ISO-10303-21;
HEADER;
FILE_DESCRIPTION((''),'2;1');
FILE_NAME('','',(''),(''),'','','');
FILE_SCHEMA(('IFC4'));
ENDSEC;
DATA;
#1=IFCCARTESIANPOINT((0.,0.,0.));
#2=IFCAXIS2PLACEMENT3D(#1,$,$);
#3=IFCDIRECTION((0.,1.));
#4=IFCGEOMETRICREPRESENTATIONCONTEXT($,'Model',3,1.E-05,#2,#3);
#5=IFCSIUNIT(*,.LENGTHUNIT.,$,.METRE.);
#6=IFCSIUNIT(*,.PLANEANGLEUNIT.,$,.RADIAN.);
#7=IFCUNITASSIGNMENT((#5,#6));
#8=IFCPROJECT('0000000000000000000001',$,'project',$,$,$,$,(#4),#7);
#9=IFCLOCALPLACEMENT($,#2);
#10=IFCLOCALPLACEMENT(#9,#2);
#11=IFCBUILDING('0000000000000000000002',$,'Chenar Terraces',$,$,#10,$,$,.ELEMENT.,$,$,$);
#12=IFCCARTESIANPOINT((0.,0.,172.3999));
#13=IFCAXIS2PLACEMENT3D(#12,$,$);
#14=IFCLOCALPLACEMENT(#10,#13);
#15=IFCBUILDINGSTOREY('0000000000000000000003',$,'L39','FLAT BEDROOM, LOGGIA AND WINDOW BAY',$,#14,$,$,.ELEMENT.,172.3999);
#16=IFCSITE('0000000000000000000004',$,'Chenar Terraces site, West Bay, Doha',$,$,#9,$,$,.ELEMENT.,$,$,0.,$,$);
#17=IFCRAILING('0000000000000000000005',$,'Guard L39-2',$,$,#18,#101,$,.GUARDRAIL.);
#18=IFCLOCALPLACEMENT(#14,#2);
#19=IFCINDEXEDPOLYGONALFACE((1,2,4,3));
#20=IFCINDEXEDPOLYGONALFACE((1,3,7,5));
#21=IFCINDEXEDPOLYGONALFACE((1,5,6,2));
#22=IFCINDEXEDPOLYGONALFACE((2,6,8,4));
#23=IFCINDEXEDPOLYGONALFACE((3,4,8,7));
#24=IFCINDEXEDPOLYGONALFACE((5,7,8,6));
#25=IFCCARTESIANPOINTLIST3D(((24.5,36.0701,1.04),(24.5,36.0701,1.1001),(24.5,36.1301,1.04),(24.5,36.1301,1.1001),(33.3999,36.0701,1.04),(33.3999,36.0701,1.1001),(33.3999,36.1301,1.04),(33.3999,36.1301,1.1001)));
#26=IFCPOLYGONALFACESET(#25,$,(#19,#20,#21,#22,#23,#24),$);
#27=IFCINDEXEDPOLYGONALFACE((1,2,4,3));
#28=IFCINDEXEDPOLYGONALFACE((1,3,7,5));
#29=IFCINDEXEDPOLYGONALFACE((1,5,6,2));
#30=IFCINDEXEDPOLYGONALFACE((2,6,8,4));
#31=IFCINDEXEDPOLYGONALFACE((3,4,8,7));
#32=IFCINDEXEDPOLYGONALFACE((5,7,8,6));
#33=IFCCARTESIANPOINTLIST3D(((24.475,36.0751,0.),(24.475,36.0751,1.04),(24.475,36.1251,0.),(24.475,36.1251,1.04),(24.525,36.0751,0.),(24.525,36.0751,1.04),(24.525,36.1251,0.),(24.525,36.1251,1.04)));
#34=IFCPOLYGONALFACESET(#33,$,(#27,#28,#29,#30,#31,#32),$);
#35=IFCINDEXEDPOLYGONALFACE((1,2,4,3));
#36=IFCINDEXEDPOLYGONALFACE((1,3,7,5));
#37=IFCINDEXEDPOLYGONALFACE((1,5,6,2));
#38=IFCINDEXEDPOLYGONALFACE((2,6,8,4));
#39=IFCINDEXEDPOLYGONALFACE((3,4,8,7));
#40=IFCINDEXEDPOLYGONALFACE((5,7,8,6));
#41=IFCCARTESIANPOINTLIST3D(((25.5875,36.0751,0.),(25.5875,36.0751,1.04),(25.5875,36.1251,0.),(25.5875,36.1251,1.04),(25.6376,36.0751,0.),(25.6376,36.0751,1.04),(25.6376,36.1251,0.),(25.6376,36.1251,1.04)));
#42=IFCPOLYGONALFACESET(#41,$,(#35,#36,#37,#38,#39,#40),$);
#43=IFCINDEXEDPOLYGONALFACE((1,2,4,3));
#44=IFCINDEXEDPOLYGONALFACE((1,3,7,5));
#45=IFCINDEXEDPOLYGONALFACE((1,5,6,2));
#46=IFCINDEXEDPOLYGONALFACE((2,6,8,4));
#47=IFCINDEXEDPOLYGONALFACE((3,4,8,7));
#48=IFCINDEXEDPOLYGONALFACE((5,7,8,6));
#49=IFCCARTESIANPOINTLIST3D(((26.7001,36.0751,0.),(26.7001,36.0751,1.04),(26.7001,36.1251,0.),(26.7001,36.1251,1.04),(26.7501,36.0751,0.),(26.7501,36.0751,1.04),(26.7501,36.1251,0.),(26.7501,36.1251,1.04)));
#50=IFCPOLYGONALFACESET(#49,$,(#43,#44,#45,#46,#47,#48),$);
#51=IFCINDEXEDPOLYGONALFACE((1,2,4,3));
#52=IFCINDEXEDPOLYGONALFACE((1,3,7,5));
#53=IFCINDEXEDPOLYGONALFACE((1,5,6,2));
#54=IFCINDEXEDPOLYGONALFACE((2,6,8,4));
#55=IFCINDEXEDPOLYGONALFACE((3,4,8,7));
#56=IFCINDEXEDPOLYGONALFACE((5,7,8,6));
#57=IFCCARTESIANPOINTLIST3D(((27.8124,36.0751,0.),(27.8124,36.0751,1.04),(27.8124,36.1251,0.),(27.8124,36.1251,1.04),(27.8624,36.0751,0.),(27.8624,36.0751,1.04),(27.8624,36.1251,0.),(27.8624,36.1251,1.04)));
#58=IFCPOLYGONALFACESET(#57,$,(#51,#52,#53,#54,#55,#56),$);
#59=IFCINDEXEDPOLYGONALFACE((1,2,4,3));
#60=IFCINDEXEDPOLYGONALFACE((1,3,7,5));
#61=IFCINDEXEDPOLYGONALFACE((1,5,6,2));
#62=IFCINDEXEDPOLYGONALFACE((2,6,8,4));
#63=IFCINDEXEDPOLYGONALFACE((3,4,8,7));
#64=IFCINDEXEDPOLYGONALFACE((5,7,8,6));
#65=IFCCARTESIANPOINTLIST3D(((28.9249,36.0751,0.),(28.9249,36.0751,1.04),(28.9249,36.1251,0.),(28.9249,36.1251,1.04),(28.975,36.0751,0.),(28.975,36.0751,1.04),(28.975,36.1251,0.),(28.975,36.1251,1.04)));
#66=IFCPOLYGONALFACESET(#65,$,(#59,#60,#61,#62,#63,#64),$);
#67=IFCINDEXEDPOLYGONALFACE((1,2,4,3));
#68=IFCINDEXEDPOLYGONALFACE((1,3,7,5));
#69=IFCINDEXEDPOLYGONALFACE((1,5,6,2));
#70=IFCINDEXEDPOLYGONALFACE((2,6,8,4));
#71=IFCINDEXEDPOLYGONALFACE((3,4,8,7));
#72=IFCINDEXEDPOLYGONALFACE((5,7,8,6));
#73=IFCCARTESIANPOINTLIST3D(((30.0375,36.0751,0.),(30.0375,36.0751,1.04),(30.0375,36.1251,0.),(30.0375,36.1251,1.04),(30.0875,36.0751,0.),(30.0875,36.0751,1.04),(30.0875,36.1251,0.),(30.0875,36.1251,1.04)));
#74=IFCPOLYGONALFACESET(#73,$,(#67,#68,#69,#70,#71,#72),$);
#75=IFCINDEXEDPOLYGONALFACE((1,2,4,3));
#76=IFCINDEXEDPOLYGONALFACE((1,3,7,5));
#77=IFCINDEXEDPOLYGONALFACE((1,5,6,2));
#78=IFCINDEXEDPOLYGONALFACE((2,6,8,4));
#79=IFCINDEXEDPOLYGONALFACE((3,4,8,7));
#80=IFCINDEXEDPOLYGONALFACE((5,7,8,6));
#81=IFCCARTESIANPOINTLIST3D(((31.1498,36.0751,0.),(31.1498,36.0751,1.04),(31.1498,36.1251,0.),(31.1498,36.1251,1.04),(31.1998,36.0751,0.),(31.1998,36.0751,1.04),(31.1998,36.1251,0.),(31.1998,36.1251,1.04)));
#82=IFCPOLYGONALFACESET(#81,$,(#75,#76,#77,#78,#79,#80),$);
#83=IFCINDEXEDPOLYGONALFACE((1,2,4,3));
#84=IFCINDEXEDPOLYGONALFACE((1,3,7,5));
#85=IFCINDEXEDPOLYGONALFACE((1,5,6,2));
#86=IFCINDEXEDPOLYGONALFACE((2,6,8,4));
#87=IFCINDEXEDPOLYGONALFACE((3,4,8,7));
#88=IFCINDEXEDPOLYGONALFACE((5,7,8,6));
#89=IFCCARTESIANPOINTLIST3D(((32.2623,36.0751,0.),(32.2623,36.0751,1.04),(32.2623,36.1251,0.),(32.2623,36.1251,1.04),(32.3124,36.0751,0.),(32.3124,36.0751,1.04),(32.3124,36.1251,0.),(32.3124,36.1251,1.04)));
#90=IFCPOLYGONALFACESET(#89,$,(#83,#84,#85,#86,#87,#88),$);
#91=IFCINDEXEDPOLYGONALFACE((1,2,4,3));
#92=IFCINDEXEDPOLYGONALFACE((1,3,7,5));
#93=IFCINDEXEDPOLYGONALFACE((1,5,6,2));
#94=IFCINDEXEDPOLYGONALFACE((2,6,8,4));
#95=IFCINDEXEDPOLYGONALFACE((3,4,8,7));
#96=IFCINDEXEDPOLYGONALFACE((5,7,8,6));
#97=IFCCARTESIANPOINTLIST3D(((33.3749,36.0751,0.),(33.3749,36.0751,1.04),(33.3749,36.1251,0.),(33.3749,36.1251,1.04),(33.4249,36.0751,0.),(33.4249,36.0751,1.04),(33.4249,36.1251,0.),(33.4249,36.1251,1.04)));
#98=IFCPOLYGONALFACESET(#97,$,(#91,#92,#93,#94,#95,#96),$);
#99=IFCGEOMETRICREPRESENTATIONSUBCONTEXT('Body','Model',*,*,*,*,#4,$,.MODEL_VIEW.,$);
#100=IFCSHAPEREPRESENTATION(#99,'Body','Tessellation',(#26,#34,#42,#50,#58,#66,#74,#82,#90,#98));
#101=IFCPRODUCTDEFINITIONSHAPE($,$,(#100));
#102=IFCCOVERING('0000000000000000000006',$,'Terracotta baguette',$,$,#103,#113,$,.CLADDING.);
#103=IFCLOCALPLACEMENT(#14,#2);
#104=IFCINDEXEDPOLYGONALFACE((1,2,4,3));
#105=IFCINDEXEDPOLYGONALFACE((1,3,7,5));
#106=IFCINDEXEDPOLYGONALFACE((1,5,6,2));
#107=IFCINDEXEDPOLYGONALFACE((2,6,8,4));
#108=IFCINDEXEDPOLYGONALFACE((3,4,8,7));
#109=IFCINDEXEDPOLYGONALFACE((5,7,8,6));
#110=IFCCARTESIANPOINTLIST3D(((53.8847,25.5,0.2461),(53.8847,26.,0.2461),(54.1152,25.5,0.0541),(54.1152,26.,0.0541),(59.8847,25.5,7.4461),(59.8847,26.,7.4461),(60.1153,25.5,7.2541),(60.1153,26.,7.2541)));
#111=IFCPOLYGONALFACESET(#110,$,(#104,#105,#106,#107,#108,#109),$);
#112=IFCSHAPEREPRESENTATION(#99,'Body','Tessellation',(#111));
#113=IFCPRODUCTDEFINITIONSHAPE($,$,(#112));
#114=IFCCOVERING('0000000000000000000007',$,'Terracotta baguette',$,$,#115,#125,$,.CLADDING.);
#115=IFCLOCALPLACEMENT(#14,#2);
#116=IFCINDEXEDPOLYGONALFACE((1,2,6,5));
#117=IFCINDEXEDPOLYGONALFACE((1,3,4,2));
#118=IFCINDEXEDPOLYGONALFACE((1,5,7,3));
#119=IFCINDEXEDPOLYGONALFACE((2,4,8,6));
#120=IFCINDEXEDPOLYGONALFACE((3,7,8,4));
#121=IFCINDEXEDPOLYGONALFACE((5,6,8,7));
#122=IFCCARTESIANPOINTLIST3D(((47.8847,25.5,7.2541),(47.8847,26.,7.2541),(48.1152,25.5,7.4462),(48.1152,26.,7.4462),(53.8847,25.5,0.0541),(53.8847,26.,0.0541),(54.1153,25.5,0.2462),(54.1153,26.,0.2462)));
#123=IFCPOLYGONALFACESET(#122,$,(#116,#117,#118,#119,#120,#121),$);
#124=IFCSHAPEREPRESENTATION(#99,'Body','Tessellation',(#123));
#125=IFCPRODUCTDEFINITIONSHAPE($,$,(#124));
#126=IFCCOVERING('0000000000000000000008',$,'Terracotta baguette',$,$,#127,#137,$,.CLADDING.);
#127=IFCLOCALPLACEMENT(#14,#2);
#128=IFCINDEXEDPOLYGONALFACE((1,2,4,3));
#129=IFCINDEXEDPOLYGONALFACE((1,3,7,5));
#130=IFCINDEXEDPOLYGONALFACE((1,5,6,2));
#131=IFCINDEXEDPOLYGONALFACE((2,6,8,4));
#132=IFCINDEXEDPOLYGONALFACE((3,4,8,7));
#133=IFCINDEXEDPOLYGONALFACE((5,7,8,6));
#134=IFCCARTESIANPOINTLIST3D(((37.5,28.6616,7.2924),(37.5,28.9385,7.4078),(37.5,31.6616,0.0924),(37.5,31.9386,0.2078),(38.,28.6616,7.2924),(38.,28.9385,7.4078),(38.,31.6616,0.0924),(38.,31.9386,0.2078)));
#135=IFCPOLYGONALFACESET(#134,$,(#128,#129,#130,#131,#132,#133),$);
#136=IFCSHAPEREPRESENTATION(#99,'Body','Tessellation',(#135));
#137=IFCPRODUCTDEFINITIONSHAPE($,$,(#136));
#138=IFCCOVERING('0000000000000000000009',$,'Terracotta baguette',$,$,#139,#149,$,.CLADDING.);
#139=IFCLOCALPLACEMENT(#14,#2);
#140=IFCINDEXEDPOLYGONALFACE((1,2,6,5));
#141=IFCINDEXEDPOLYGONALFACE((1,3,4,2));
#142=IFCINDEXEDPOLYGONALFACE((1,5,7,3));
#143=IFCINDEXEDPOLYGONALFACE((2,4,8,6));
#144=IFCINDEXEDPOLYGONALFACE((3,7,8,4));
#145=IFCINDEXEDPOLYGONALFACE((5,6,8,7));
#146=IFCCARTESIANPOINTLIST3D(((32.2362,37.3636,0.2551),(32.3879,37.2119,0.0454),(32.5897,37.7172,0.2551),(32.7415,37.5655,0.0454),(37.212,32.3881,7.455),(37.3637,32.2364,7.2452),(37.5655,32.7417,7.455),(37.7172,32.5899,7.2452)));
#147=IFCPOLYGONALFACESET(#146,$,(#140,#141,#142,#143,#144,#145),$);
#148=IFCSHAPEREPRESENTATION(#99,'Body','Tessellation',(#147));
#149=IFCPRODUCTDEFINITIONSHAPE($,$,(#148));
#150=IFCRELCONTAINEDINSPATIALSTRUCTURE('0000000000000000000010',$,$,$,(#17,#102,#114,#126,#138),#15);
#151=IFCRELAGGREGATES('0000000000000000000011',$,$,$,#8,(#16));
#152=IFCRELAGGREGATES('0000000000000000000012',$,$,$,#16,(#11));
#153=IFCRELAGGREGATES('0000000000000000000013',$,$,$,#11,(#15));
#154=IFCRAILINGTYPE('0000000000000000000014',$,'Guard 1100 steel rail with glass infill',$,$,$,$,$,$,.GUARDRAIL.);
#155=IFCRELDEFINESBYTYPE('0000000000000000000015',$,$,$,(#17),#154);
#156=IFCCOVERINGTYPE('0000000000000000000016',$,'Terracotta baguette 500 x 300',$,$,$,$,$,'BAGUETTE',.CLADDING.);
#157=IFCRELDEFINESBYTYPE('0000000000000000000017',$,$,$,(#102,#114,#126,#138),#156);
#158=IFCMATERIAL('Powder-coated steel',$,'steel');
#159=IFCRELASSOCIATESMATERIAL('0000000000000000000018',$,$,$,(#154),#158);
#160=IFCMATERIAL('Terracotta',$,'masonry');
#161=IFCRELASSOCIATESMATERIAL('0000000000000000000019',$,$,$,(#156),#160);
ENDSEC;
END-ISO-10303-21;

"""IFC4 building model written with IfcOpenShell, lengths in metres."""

from ifc_helpers import new_model, si_unit, direction, frame, origin, origin_2d, place, context, subcontext, project, spatial, rectangle, extrude, material, material_profile, profile_set, type_object, element, save


model = new_model("IFC4")

# Units and contexts
model_context = context("Model", 3, precision=1e-05, world=origin(), true_north=direction((0.0, 1.0)))
body_context = subcontext(model_context, "Body", "Model", "MODEL_VIEW")
ifc_project = project(units=[si_unit("LENGTHUNIT", "METRE"), si_unit("PLANEANGLEUNIT", "RADIAN")], contexts=[model_context])

# Site, building, storey
site_placement = place(None, origin())
site = spatial("IfcSite", under=ifc_project, at=site_placement, Name="Chenar Terraces site, West Bay, Doha", CompositionType="ELEMENT", RefElevation=0.0)
building_placement = place(site_placement, origin())
building = spatial("IfcBuilding", under=site, at=building_placement, Name="Chenar Terraces", CompositionType="ELEMENT")
storey_placement = place(building_placement, frame((0.0, 0.0, 172.3999)))
storey = spatial("IfcBuildingStorey", under=building, at=storey_placement, Name="L39", Description="FLAT BEDROOM, LOGGIA AND WINDOW BAY", CompositionType="ELEMENT", Elevation=172.3999)

# Railing
ifc_material_1 = material(Name="Powder-coated steel", Category="steel")
railing_type = type_object("IfcRailingType", Name="Guard 1100 steel rail with glass infill", PredefinedType="GUARDRAIL", material=ifc_material_1)
railing_placement = place(storey_placement, frame((24.5, 36.1001, 0.0)))
element("IfcRailing", 1, at=railing_placement, inside=storey, type_object=railing_type, Name="Guard L39-2", PredefinedType="GUARDRAIL", context=body_context, shape_type="SweptSolid", body=[
    extrude(rectangle(XDim=0.0601, YDim=0.0601, at=origin_2d()), frame((0.0, 0.0, 1.0701), z_axis=(1.0, 0.0, 0.0), x_axis=(0.0, 1.0, 0.0)), (0.0, 0.0, 1.0), 8.8999),
    extrude(rectangle(XDim=0.05, YDim=0.05, at=origin_2d()), origin(), (0.0, 0.0, 1.0), 1.04),
    extrude(rectangle(XDim=0.05, YDim=0.05, at=origin_2d()), frame((1.1125, 0.0, 0.0)), (0.0, 0.0, 1.0), 1.04),
    extrude(rectangle(XDim=0.05, YDim=0.05, at=origin_2d()), frame((2.2251, 0.0, 0.0)), (0.0, 0.0, 1.0), 1.04),
    extrude(rectangle(XDim=0.05, YDim=0.05, at=origin_2d()), frame((3.3374, 0.0, 0.0)), (0.0, 0.0, 1.0), 1.04),
    extrude(rectangle(XDim=0.05, YDim=0.05, at=origin_2d()), frame((4.45, 0.0, 0.0)), (0.0, 0.0, 1.0), 1.04),
    extrude(rectangle(XDim=0.05, YDim=0.05, at=origin_2d()), frame((5.5625, 0.0, 0.0)), (0.0, 0.0, 1.0), 1.04),
    extrude(rectangle(XDim=0.05, YDim=0.05, at=origin_2d()), frame((6.6748, 0.0, 0.0)), (0.0, 0.0, 1.0), 1.04),
    extrude(rectangle(XDim=0.05, YDim=0.05, at=origin_2d()), frame((7.7874, 0.0, 0.0)), (0.0, 0.0, 1.0), 1.04),
    extrude(rectangle(XDim=0.05, YDim=0.05, at=origin_2d()), frame((8.8999, 0.0, 0.0)), (0.0, 0.0, 1.0), 1.04),
])

# Coverings
ifc_material_2 = material(Name="Terracotta", Category="masonry")
ifc_material_profile_1 = material_profile(ifc_material_2, rectangle(XDim=0.5, YDim=0.3, at=origin_2d()), Name="Terracotta baguette 500 x 300")
ifc_profile_set_1 = profile_set([ifc_material_profile_1], Name="Terracotta")
covering_type = type_object("IfcCoveringType", Name="Terracotta baguette 500 x 300", ElementType="BAGUETTE", PredefinedType="CLADDING", material=ifc_profile_set_1)
for number, where, z_axis, x_axis, name in (
    (2, (60.0, 25.75, 7.3501), (-0.640187, 0.0, -0.768219), (0.0, -1.0, 0.0), "Terracotta baguette"),
    (3, (54.0, 25.75, 0.1501), (-0.640187, 0.0, 0.768219), (0.0, -1.0, 0.0), "Terracotta baguette"),
):
    element("IfcCovering", number, at=place(storey_placement, frame(where, z_axis=z_axis, x_axis=x_axis)), inside=storey, type_object=covering_type, Name=name, PredefinedType="CLADDING", context=body_context, shape_type="SweptSolid", body=[
        extrude(rectangle(XDim=0.5, YDim=0.3, at=origin_2d()), origin(), (0.0, 0.0, 1.0), 9.3723),
    ])
covering_1_placement = place(storey_placement, frame((37.75, 28.8, 7.3501), z_axis=(0.0, 0.384618, -0.923076), x_axis=(-1.0, 0.0, 0.0)))
element("IfcCovering", 4, at=covering_1_placement, inside=storey, type_object=covering_type, Name="Terracotta baguette", PredefinedType="CLADDING", context=body_context, shape_type="SweptSolid", body=[
    extrude(rectangle(XDim=0.5, YDim=0.3, at=origin_2d()), origin(), (0.0, 0.0, 1.0), 7.8),
])
covering_2_placement = place(storey_placement, frame((37.4646, 32.489, 7.3501), z_axis=(-0.494247, 0.494222, -0.715167), x_axis=(-0.707089, -0.707124, 0.0)))
element("IfcCovering", 5, at=covering_2_placement, inside=storey, type_object=covering_type, Name="Terracotta baguette", PredefinedType="CLADDING", context=body_context, shape_type="SweptSolid", body=[
    extrude(rectangle(XDim=0.5, YDim=0.3, at=origin_2d()), origin(), (0.0, 0.0, 1.0), 10.0674),
])

save(model, "model.ifc")
